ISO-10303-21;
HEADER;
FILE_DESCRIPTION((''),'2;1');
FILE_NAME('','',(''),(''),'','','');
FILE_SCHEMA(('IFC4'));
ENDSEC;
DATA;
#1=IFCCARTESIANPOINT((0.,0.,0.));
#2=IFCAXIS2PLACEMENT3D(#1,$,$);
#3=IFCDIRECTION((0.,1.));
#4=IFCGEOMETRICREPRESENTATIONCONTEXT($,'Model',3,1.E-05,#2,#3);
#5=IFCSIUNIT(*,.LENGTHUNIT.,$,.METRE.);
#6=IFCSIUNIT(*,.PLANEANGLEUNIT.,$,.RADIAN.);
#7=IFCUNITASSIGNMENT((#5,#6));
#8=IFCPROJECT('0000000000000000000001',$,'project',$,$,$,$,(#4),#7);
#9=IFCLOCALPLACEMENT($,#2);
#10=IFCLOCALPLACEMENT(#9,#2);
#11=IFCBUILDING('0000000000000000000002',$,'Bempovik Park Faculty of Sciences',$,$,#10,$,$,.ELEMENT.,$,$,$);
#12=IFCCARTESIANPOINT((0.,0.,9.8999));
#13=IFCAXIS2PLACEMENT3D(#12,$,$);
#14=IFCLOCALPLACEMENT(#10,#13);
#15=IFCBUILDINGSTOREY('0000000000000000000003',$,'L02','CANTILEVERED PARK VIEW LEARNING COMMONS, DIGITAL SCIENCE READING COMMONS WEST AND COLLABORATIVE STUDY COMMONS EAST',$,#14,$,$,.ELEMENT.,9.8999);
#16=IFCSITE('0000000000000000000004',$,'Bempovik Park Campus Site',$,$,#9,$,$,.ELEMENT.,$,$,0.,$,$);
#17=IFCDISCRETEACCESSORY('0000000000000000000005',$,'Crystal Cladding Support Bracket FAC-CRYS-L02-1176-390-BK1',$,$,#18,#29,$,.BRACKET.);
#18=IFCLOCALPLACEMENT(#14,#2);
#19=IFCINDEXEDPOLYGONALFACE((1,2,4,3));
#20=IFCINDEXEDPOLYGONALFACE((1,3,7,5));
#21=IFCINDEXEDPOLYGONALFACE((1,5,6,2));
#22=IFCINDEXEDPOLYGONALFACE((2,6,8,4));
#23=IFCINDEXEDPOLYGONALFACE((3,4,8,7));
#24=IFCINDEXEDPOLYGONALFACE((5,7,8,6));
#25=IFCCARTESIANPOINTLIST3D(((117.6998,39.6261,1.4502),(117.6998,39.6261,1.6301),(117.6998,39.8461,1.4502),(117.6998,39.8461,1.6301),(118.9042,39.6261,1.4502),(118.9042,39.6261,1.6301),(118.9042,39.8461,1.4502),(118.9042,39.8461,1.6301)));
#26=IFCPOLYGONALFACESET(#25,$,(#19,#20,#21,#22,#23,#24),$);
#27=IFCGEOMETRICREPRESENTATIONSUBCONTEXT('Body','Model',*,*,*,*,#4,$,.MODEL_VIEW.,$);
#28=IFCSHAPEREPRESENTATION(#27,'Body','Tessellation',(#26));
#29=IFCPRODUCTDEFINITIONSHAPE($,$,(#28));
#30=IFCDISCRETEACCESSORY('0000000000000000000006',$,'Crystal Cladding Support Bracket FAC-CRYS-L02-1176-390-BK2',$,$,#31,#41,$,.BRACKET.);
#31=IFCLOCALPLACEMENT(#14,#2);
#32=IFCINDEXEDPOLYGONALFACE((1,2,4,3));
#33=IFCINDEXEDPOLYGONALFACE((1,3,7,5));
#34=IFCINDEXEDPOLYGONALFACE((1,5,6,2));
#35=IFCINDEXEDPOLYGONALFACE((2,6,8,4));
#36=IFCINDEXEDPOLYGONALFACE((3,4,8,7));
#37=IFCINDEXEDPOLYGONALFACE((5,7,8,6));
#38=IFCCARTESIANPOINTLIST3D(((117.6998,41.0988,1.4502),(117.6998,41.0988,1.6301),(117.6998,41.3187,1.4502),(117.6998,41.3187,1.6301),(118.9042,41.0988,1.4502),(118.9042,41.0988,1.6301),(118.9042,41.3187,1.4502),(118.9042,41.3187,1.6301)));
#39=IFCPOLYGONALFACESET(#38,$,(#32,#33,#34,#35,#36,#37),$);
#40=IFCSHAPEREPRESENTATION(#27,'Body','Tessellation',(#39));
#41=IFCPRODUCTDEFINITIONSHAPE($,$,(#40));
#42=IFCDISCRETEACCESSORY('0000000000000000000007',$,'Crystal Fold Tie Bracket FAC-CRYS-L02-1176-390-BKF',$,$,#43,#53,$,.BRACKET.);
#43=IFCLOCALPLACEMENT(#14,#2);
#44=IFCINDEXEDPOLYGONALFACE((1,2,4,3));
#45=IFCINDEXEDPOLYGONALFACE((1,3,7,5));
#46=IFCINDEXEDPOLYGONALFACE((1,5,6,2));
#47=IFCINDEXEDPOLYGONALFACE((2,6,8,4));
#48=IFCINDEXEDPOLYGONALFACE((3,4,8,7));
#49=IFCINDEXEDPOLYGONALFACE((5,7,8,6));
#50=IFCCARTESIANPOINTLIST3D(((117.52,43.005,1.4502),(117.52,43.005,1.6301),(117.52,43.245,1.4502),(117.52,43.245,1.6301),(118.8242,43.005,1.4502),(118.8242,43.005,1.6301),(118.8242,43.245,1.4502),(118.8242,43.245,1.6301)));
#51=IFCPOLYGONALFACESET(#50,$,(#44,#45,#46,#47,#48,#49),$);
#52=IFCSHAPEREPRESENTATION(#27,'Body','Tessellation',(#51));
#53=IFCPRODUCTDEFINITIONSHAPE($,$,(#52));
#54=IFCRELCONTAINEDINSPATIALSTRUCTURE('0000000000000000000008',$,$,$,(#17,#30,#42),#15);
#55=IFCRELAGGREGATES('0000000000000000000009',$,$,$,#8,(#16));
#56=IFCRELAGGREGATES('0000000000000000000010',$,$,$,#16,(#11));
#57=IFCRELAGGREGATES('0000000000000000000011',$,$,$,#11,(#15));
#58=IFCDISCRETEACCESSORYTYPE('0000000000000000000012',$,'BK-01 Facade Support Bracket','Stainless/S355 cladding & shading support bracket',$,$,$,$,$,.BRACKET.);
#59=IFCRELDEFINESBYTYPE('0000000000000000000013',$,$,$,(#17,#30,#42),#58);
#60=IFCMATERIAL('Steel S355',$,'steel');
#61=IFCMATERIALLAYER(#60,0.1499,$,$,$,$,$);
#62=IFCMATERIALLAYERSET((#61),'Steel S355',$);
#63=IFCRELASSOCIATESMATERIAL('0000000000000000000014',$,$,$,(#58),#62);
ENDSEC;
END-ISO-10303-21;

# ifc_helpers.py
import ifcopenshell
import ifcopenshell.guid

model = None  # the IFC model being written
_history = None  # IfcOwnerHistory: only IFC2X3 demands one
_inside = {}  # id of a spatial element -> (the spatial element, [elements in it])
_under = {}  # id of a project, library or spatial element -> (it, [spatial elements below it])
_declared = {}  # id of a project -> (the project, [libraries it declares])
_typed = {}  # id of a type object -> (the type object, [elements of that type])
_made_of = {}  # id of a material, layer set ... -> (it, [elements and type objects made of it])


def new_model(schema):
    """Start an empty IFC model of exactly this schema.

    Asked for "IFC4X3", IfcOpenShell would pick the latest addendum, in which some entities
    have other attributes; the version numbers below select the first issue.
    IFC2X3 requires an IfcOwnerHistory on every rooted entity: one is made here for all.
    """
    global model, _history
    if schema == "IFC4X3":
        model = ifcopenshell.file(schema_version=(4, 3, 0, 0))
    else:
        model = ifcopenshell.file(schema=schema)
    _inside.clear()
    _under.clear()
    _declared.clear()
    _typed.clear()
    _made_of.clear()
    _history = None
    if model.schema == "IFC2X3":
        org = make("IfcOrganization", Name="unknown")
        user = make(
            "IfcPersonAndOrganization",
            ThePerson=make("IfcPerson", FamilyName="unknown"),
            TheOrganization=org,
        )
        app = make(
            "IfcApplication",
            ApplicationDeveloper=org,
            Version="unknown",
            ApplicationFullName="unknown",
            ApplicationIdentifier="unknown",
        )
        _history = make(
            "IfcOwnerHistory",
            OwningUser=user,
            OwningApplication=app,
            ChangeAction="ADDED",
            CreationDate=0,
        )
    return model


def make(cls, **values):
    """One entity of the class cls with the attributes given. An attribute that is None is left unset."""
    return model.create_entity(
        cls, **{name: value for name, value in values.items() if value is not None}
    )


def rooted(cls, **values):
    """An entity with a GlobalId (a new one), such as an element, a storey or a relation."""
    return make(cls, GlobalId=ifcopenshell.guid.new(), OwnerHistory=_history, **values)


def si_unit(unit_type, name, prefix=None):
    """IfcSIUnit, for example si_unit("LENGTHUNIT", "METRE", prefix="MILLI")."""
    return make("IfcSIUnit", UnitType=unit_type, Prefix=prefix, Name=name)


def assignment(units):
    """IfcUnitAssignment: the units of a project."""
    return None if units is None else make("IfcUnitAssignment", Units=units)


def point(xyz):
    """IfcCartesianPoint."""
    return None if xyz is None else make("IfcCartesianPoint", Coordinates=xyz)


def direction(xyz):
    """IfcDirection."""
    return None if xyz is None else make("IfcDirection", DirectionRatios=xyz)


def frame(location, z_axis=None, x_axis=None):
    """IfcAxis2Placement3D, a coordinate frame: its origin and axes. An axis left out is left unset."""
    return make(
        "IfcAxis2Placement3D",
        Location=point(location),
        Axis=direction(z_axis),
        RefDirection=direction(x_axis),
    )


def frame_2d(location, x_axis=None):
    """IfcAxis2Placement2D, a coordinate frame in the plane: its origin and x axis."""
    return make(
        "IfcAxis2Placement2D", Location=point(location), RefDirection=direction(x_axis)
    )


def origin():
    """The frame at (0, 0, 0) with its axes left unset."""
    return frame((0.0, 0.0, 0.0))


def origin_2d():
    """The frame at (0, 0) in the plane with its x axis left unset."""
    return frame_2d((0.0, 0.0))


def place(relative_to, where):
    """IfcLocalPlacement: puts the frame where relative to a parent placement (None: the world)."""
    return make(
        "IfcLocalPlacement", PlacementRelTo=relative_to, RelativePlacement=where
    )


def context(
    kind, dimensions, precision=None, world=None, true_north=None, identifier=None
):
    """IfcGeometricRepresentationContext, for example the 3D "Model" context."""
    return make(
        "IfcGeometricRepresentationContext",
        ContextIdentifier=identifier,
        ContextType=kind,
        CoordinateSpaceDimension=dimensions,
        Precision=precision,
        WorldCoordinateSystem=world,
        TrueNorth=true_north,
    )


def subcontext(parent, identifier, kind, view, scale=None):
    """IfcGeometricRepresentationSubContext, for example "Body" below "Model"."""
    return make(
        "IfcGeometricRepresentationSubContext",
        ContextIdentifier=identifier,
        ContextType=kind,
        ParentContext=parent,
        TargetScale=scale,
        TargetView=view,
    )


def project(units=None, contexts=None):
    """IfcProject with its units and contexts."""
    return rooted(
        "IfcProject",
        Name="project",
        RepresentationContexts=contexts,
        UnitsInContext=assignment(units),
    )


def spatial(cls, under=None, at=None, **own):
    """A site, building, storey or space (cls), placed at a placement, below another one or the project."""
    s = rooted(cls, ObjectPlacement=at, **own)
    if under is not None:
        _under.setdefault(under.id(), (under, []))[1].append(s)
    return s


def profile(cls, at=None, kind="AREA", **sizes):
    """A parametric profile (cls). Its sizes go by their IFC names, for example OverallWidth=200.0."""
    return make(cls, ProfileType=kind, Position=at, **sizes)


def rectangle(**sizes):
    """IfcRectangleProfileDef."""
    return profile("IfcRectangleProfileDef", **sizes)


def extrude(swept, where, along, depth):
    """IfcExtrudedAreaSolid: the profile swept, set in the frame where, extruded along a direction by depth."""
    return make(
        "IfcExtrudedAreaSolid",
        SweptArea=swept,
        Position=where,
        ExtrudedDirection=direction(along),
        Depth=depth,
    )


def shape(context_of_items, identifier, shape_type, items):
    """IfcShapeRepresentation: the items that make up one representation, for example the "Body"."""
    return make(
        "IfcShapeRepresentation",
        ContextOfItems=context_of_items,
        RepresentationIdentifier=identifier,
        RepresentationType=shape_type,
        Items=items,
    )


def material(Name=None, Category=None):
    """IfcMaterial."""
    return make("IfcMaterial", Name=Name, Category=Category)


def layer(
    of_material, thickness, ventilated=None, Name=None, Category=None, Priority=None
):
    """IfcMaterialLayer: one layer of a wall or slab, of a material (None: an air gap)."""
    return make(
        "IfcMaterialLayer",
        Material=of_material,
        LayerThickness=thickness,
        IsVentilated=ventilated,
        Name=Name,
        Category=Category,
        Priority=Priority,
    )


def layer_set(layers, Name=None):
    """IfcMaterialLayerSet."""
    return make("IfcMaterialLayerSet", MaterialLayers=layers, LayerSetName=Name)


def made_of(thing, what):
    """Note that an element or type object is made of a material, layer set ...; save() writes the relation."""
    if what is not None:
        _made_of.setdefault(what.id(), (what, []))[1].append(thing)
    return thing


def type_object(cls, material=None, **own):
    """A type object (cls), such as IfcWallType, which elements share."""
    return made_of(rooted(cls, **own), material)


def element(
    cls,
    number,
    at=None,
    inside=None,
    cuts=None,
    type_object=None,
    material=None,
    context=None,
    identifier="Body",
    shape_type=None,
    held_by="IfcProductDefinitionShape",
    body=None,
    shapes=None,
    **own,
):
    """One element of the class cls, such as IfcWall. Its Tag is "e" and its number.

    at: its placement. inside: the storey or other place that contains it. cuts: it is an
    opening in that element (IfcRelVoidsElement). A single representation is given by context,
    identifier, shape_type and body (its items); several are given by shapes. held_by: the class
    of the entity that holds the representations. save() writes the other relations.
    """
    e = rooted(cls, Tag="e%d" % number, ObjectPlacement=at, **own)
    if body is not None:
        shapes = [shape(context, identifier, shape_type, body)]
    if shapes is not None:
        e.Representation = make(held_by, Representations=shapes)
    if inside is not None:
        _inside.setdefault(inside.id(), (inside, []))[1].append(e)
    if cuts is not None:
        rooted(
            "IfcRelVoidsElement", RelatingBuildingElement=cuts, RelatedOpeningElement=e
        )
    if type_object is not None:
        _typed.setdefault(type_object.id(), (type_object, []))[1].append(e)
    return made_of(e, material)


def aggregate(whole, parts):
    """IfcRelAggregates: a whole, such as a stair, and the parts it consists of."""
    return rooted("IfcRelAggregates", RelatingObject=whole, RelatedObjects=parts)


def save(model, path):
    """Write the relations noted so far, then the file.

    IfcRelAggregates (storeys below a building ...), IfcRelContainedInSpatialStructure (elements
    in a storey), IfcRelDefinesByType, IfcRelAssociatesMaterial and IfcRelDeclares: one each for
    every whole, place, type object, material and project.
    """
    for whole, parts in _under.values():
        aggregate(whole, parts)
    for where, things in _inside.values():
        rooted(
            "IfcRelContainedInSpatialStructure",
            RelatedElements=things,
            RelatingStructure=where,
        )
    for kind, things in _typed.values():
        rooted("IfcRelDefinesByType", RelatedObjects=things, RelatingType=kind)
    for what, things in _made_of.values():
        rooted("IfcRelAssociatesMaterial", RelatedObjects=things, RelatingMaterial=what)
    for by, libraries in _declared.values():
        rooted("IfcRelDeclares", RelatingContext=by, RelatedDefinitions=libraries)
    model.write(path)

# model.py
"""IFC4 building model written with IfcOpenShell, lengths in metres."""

from ifc_helpers import new_model, si_unit, direction, frame, origin, origin_2d, place, context, subcontext, project, spatial, rectangle, extrude, material, layer, layer_set, type_object, element, save


model = new_model("IFC4")

# Units and contexts
model_context = context("Model", 3, precision=1e-05, world=origin(), true_north=direction((0.0, 1.0)))
body_context = subcontext(model_context, "Body", "Model", "MODEL_VIEW")
ifc_project = project(units=[si_unit("LENGTHUNIT", "METRE"), si_unit("PLANEANGLEUNIT", "RADIAN")], contexts=[model_context])

# Site, building, storey
site_placement = place(None, origin())
site = spatial("IfcSite", under=ifc_project, at=site_placement, Name="Bempovik Park Campus Site", CompositionType="ELEMENT", RefElevation=0.0)
building_placement = place(site_placement, origin())
building = spatial("IfcBuilding", under=site, at=building_placement, Name="Bempovik Park Faculty of Sciences", CompositionType="ELEMENT")
storey_placement = place(building_placement, frame((0.0, 0.0, 9.8999)))
storey = spatial("IfcBuildingStorey", under=building, at=storey_placement, Name="L02", Description="CANTILEVERED PARK VIEW LEARNING COMMONS, DIGITAL SCIENCE READING COMMONS WEST AND COLLABORATIVE STUDY COMMONS EAST", CompositionType="ELEMENT", Elevation=9.8999)

# Shared definitions
ifc_material_1 = material(Name="Steel S355", Category="steel")

# Discrete accessories
ifc_layer_1 = layer(ifc_material_1, 0.1499)
ifc_layer_set_1 = layer_set([ifc_layer_1], Name="Steel S355")
discrete_accessory_type = type_object("IfcDiscreteAccessoryType", Name="BK-01 Facade Support Bracket", Description="Stainless/S355 cladding & shading support bracket", PredefinedType="BRACKET", material=ifc_layer_set_1)
for number, where, z_axis, x_axis, name in (
    (1, (118.302, 39.7361, 1.4502), (0.0, 0.0, 1.0), (1.0, 0.0, 0.0), "Crystal Cladding Support Bracket FAC-CRYS-L02-1176-390-BK1"),
    (2, (118.302, 41.2087, 1.4502), (0.0, 0.0, 1.0), (1.0, 0.0, 0.0), "Crystal Cladding Support Bracket FAC-CRYS-L02-1176-390-BK2"),
):
    element("IfcDiscreteAccessory", number, at=place(storey_placement, frame(where, z_axis=z_axis, x_axis=x_axis)), inside=storey, type_object=discrete_accessory_type, Name=name, PredefinedType="BRACKET", context=body_context, shape_type="SweptSolid", body=[
        extrude(rectangle(XDim=1.2043, YDim=0.22, at=origin_2d()), origin(), (0.0, 0.0, 1.0), 0.1799),
    ])
discrete_accessory_1_placement = place(storey_placement, frame((118.1721, 43.125, 1.4502), z_axis=(0.0, 0.0, 1.0), x_axis=(1.0, 0.0, 0.0)))
element("IfcDiscreteAccessory", 3, at=discrete_accessory_1_placement, inside=storey, type_object=discrete_accessory_type, Name="Crystal Fold Tie Bracket FAC-CRYS-L02-1176-390-BKF", PredefinedType="BRACKET", context=body_context, shape_type="SweptSolid", body=[
    extrude(rectangle(XDim=1.3042, YDim=0.24, at=origin_2d()), origin(), (0.0, 0.0, 1.0), 0.1799),
])

save(model, "model.ifc")
